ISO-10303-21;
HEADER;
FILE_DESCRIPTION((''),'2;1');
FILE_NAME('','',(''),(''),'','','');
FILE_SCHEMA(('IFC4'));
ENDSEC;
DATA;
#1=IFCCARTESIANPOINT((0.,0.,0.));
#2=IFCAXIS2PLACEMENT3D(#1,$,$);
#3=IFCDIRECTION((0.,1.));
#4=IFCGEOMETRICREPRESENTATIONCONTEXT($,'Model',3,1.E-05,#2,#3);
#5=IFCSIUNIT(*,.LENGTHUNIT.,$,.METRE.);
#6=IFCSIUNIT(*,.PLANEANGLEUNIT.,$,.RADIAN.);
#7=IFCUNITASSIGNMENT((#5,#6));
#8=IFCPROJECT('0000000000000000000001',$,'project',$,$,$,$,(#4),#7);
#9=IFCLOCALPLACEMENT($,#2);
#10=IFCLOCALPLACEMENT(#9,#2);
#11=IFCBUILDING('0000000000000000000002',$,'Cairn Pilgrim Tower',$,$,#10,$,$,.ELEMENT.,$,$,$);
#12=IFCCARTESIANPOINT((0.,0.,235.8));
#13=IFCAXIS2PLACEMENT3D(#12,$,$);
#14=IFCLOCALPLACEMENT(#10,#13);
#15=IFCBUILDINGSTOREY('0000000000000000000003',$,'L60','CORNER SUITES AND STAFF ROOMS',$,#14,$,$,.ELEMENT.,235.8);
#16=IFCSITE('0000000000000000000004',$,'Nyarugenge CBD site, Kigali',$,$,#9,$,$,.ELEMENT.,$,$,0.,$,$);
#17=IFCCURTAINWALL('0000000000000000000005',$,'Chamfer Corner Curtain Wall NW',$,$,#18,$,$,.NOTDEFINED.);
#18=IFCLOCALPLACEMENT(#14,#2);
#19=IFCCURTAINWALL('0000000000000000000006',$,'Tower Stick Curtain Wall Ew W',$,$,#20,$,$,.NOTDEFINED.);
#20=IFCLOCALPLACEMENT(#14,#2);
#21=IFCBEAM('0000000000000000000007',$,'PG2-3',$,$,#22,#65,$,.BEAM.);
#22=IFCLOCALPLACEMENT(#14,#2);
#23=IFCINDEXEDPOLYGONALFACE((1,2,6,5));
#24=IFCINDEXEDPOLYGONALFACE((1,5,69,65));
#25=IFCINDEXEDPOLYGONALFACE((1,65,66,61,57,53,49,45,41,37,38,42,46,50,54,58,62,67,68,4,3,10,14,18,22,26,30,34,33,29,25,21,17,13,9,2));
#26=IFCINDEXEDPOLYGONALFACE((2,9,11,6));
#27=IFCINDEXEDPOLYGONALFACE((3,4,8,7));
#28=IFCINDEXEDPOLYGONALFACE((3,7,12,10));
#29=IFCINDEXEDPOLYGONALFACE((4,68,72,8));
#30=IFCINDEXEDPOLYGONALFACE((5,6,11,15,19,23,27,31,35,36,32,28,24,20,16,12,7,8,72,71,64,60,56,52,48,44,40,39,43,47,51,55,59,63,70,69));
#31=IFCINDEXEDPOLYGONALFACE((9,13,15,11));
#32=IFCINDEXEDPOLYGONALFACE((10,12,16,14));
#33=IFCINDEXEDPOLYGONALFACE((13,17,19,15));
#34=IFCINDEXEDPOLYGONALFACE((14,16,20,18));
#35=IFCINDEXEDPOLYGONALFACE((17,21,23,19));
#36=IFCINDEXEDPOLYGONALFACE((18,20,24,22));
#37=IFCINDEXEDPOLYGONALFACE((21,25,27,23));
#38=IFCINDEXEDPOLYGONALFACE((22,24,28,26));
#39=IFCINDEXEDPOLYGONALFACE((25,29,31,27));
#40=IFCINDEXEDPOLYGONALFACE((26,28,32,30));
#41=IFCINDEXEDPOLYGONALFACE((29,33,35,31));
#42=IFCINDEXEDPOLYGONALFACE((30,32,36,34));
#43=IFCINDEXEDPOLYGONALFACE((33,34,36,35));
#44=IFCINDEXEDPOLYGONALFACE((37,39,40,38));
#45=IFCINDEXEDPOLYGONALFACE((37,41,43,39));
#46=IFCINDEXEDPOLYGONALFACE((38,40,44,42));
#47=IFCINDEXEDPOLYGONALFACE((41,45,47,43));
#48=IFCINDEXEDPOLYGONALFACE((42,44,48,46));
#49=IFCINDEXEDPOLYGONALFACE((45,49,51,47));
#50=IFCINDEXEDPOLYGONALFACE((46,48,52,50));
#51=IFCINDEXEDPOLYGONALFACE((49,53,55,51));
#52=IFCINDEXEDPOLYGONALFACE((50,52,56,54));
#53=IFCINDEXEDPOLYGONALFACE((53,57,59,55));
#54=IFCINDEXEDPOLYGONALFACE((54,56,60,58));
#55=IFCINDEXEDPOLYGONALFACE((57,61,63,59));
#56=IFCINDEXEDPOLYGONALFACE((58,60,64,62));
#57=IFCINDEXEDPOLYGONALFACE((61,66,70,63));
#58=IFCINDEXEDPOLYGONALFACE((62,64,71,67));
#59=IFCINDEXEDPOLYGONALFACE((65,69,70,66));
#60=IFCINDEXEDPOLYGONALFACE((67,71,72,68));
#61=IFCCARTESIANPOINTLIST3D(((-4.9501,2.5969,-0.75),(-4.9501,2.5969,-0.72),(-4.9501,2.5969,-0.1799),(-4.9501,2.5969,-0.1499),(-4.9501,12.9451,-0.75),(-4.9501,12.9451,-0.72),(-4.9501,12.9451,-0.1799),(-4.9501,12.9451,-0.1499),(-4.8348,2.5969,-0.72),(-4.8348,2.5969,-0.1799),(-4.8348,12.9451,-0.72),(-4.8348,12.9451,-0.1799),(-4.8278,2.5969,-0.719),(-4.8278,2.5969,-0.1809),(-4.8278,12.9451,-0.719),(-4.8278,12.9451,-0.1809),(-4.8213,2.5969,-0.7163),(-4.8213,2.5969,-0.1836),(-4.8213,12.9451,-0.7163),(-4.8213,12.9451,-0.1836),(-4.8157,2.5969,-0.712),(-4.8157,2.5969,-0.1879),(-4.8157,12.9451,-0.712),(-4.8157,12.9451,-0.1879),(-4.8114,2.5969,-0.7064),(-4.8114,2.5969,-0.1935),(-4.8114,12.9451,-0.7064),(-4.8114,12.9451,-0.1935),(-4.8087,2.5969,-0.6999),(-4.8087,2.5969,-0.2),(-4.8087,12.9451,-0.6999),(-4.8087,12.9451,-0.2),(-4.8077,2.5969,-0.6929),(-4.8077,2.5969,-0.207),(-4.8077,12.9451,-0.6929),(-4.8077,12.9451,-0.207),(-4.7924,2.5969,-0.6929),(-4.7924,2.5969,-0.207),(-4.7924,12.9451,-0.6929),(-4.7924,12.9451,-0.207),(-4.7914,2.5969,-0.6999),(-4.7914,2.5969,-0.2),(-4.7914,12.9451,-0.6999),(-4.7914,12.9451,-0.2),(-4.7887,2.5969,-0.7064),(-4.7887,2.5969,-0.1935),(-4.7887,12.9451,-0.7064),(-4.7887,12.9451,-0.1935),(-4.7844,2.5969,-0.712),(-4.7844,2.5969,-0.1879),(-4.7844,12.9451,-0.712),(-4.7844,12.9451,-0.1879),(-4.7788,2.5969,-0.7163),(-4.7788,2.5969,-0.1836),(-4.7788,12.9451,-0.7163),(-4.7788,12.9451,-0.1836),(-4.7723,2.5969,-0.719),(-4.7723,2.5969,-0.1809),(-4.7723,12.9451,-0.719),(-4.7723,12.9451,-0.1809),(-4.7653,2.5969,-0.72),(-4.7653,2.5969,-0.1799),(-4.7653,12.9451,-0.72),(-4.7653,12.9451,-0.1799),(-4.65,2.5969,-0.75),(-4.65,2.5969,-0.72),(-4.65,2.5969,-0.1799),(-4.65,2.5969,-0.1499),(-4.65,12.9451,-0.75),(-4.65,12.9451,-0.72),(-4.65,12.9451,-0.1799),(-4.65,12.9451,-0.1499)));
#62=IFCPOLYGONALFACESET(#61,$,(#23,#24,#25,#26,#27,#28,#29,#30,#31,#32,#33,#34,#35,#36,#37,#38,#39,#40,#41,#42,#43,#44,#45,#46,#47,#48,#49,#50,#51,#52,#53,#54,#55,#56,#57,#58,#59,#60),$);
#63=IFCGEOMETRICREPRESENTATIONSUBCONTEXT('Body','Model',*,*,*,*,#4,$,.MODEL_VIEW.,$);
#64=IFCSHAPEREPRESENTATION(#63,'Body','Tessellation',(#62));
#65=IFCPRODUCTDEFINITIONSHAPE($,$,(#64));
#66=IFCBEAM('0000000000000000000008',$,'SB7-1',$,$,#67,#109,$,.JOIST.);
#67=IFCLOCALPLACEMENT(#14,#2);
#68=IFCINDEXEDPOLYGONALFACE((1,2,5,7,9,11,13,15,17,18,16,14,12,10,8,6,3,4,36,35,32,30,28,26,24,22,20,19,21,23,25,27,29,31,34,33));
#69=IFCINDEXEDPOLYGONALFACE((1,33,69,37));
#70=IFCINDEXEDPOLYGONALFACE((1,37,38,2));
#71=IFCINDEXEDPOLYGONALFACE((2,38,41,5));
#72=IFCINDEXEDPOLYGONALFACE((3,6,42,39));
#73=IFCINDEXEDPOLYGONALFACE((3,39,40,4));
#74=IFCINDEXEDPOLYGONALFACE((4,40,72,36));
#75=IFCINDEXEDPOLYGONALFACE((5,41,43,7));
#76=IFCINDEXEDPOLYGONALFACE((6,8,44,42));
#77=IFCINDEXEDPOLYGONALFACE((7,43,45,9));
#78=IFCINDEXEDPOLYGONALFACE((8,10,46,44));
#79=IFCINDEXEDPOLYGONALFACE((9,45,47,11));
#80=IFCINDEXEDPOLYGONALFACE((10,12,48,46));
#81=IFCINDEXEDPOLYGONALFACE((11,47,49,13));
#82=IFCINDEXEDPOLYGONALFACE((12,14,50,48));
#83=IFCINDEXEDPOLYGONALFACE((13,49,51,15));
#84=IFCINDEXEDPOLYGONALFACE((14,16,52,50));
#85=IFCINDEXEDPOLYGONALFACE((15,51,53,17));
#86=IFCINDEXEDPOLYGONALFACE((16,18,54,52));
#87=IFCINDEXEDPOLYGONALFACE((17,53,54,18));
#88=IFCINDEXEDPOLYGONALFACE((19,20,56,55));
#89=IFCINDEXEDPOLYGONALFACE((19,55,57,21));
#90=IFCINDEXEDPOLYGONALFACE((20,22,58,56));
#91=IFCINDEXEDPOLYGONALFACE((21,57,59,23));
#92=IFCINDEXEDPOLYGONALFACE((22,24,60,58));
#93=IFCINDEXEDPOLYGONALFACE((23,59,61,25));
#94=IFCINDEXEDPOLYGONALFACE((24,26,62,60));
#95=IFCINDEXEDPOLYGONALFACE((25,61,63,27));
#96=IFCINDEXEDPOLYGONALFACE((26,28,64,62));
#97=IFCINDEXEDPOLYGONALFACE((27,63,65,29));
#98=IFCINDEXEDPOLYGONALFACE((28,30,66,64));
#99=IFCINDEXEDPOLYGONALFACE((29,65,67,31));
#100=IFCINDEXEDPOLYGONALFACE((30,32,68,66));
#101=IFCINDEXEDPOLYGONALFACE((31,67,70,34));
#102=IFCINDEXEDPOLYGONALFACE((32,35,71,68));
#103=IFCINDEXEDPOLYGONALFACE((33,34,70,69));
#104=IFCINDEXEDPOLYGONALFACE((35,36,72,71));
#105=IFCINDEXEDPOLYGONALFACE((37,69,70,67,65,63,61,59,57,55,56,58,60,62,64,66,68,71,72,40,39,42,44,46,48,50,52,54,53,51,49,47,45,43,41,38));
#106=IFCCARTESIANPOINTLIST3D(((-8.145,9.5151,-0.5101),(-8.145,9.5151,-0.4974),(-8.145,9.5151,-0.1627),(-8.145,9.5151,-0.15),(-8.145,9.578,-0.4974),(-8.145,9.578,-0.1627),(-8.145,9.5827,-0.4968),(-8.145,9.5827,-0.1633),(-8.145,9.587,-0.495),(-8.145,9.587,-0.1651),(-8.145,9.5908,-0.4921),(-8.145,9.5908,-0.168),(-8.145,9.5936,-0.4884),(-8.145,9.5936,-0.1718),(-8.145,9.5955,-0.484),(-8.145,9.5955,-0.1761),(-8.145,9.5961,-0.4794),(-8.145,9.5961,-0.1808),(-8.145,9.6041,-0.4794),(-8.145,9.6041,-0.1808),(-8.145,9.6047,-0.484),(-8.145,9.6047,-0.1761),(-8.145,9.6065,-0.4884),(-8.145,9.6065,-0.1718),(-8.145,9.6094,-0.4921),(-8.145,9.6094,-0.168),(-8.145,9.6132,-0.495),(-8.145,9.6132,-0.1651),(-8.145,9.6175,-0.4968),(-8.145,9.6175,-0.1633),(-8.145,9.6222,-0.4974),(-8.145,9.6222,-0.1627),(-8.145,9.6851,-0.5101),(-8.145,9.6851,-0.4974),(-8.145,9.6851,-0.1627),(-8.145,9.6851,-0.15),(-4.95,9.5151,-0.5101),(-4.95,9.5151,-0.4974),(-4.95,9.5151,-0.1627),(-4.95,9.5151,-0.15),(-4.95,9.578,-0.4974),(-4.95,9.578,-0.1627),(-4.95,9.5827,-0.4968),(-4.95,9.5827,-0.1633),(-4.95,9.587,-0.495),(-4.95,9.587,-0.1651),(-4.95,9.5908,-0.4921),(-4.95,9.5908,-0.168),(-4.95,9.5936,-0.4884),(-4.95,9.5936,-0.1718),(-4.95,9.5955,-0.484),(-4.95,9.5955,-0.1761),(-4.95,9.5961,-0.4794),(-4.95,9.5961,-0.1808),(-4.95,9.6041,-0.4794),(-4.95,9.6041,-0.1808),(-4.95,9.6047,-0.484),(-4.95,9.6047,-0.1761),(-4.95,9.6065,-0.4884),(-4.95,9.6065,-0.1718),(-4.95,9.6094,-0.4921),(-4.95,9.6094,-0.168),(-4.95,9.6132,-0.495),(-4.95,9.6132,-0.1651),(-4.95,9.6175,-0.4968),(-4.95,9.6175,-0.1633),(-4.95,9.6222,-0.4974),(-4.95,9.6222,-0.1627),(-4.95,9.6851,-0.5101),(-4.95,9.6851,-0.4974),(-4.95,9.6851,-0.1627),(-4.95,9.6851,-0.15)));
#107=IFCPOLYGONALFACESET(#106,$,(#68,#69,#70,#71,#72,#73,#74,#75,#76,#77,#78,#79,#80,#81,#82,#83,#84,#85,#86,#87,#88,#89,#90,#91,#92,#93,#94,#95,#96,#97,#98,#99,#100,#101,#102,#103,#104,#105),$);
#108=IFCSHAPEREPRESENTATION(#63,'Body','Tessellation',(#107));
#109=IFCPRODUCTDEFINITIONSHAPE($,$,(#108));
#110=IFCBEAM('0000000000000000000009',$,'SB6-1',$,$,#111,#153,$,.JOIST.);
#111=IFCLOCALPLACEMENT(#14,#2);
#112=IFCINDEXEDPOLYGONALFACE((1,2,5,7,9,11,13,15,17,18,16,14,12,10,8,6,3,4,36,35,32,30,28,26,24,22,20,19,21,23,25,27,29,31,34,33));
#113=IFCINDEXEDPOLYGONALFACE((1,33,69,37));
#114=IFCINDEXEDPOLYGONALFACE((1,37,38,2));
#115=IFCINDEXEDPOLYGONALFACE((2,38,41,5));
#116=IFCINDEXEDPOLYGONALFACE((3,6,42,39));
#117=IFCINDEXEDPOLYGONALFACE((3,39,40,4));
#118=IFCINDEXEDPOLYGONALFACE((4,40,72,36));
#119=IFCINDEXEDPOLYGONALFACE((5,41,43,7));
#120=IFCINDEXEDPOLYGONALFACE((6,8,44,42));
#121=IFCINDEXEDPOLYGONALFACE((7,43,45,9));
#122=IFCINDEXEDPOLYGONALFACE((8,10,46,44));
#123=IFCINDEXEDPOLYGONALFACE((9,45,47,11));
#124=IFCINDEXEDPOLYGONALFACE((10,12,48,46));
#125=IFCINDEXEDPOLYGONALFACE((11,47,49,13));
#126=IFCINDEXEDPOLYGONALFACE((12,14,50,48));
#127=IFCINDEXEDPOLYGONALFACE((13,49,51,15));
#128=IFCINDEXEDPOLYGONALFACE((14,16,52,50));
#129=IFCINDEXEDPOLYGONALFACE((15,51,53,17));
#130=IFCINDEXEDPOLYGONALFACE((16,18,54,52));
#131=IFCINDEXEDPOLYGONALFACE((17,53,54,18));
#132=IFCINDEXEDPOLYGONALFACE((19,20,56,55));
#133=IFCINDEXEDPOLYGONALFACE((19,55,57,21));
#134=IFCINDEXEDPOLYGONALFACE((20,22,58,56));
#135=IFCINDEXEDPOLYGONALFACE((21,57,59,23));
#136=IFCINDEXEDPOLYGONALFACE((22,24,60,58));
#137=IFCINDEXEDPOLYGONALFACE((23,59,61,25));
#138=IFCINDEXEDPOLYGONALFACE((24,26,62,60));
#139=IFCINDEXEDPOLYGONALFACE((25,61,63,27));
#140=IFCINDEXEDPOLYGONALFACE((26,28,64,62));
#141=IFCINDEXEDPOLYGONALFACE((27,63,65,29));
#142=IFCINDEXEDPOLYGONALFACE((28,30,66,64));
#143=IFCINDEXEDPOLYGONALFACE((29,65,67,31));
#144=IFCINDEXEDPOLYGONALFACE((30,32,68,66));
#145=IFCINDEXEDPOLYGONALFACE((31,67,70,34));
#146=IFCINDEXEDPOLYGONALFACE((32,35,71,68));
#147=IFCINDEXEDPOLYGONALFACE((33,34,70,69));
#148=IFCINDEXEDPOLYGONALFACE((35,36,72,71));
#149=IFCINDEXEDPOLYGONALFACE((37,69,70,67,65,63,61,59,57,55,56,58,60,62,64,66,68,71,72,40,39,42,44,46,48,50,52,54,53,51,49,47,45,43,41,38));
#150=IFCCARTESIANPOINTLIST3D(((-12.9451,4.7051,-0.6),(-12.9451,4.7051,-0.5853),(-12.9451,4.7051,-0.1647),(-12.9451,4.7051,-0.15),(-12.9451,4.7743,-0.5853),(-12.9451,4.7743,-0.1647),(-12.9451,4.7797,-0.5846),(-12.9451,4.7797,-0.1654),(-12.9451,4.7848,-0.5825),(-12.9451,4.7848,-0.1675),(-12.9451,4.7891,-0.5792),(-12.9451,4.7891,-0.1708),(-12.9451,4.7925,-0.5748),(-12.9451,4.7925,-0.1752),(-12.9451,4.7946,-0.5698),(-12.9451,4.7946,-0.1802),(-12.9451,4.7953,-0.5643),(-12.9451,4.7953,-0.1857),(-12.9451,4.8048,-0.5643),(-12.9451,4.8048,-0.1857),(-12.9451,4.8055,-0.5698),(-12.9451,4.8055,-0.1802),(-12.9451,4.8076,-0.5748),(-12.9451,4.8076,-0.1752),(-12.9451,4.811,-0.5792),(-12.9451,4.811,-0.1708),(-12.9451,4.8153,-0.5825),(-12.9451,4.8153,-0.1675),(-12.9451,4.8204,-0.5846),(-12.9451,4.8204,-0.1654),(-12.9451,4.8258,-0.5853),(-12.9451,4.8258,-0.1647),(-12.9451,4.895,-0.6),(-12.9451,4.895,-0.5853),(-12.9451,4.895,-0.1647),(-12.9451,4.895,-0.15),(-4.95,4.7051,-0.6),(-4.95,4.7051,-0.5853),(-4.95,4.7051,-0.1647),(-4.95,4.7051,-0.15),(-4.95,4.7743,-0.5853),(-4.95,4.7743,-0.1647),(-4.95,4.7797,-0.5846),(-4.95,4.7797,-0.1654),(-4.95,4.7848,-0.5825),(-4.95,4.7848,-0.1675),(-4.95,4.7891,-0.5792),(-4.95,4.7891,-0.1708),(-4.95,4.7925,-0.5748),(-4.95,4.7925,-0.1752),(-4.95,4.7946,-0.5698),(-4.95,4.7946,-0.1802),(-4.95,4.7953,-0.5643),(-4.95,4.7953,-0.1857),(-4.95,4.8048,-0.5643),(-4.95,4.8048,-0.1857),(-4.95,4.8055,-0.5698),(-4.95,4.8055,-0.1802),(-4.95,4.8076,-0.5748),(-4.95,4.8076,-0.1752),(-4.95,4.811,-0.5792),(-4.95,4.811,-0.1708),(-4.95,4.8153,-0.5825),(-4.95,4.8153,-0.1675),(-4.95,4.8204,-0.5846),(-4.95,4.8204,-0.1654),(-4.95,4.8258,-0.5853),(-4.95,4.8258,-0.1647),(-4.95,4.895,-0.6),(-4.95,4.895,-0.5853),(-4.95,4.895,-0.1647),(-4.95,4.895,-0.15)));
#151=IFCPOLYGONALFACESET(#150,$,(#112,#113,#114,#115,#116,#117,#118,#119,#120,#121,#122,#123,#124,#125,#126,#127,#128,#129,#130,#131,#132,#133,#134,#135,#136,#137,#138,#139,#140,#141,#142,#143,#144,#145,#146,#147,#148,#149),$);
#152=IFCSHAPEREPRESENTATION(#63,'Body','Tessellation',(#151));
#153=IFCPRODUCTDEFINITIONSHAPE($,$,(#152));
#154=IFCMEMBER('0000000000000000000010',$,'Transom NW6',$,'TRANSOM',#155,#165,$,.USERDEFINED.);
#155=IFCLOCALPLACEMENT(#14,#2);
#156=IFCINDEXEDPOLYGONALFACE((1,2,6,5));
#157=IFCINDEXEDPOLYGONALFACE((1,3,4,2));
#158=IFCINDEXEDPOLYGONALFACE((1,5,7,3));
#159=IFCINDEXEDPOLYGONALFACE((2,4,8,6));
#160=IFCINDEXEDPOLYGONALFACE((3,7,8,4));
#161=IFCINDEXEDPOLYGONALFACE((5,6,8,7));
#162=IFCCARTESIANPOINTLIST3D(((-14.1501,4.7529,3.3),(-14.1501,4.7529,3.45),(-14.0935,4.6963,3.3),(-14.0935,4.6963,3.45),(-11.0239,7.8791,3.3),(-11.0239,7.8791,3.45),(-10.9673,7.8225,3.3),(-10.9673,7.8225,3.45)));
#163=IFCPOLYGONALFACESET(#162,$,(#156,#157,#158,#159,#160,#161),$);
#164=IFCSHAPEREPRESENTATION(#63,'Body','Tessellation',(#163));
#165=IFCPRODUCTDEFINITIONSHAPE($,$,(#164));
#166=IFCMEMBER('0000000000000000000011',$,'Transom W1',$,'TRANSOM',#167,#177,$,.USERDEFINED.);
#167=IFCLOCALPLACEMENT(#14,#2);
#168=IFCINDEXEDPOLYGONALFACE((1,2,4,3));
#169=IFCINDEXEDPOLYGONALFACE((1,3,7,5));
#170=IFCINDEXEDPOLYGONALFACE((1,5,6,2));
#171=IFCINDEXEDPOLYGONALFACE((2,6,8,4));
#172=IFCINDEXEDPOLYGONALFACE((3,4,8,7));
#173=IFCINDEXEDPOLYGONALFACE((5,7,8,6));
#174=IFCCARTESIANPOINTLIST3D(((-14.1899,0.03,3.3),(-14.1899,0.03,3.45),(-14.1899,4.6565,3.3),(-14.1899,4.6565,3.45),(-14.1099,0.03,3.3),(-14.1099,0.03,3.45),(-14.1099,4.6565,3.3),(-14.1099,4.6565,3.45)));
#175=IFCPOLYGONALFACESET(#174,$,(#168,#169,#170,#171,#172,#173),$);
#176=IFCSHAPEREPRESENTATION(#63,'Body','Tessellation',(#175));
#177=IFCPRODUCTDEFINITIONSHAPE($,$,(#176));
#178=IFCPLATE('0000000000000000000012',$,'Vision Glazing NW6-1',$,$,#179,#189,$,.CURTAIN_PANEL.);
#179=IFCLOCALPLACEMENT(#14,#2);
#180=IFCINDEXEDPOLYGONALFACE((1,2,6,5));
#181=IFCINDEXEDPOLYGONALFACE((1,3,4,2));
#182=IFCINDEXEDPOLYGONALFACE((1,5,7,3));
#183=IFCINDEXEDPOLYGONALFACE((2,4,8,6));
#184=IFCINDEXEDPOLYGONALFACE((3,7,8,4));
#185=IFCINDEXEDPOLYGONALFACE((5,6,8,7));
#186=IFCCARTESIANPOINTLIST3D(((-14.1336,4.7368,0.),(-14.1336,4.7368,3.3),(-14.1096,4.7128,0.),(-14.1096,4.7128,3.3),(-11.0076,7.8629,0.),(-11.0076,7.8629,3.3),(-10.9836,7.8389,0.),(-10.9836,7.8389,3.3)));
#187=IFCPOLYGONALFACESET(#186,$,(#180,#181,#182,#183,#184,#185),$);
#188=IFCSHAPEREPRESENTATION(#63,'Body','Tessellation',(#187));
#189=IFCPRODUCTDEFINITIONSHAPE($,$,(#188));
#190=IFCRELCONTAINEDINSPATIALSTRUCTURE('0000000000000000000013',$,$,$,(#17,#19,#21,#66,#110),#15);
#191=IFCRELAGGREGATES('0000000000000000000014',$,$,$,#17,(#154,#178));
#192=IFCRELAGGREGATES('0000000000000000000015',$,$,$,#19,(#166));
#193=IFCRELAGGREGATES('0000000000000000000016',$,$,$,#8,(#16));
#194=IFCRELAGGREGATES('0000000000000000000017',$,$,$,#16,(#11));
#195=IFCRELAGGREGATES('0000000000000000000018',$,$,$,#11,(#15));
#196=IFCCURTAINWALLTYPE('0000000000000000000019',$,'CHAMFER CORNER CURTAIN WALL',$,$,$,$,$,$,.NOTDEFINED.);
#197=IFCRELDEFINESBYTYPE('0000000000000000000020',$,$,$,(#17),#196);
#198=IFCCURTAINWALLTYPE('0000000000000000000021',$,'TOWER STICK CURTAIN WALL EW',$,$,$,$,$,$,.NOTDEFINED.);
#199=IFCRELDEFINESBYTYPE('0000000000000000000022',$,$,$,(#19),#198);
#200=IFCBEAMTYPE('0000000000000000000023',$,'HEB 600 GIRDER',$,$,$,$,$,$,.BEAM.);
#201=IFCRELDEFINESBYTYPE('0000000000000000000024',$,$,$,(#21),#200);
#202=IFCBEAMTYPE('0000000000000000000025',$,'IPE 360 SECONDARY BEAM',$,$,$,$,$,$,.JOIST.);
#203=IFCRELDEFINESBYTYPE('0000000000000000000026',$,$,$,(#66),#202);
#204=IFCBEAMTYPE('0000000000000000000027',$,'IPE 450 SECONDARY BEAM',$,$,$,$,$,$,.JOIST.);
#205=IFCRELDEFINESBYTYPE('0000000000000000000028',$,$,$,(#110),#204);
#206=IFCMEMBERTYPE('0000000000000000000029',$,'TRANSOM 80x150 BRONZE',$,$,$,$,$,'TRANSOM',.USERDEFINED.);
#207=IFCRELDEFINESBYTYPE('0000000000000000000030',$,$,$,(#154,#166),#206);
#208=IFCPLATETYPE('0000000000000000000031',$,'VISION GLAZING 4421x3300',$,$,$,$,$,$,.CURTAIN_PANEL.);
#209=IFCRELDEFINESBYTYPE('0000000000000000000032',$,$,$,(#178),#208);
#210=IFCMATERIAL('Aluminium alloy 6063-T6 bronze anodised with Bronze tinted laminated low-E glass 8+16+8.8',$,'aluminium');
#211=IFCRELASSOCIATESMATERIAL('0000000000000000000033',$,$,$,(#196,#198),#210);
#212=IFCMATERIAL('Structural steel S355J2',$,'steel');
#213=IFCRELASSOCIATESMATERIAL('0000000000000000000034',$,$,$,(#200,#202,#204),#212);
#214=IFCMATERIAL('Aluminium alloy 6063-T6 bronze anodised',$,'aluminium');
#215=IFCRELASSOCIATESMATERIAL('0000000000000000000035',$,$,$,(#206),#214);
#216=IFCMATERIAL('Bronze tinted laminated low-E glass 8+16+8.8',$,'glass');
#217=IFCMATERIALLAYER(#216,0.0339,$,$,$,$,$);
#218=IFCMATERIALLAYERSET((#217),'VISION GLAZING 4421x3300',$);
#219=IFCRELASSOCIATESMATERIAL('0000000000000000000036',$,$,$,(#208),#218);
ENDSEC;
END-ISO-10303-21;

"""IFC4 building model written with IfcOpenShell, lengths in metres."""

from ifc_helpers import new_model, si_unit, direction, frame, origin, origin_2d, place, context, subcontext, project, spatial, rectangle, i_section, extrude, material, layer, layer_set, material_profile, profile_set, type_object, element, aggregate, save


model = new_model("IFC4")

# Units and contexts
model_context = context("Model", 3, precision=1e-05, world=origin(), true_north=direction((0.0, 1.0)))
body_context = subcontext(model_context, "Body", "Model", "MODEL_VIEW")
ifc_project = project(units=[si_unit("LENGTHUNIT", "METRE"), si_unit("PLANEANGLEUNIT", "RADIAN")], contexts=[model_context])

# Site, building, storey
site_placement = place(None, origin())
site = spatial("IfcSite", under=ifc_project, at=site_placement, Name="Nyarugenge CBD site, Kigali", CompositionType="ELEMENT", RefElevation=0.0)
building_placement = place(site_placement, origin())
building = spatial("IfcBuilding", under=site, at=building_placement, Name="Cairn Pilgrim Tower", CompositionType="ELEMENT")
storey_placement = place(building_placement, frame((0.0, 0.0, 235.8)))
storey = spatial("IfcBuildingStorey", under=building, at=storey_placement, Name="L60", Description="CORNER SUITES AND STAFF ROOMS", CompositionType="ELEMENT", Elevation=235.8)

# Shared definitions
ifc_material_1 = material(Name="Structural steel S355J2", Category="steel")

# Curtain walls
ifc_material_2 = material(Name="Aluminium alloy 6063-T6 bronze anodised with Bronze tinted laminated low-E glass 8+16+8.8", Category="aluminium")
curtain_wall_type_1 = type_object("IfcCurtainWallType", Name="CHAMFER CORNER CURTAIN WALL", PredefinedType="NOTDEFINED", material=ifc_material_2)
curtain_wall_1_placement = place(storey_placement, origin())
curtain_wall_1 = element("IfcCurtainWall", 1, at=curtain_wall_1_placement, inside=storey, type_object=curtain_wall_type_1, Name="Chamfer Corner Curtain Wall NW", PredefinedType="NOTDEFINED")
ifc_material_3 = material(Name="Aluminium alloy 6063-T6 bronze anodised", Category="aluminium")
curtain_wall_type_2 = type_object("IfcCurtainWallType", Name="TOWER STICK CURTAIN WALL EW", PredefinedType="NOTDEFINED", material=ifc_material_2)
curtain_wall_2_placement = place(storey_placement, origin())
curtain_wall_2 = element("IfcCurtainWall", 2, at=curtain_wall_2_placement, inside=storey, type_object=curtain_wall_type_2, Name="Tower Stick Curtain Wall Ew W", PredefinedType="NOTDEFINED")

# Beams
ifc_material_profile_1 = material_profile(ifc_material_1, i_section(OverallWidth=0.3, OverallDepth=0.6001, WebThickness=0.0154, FlangeThickness=0.03, FilletRadius=0.0271, at=origin_2d()), Name="HEB 600")
ifc_profile_set_1 = profile_set([ifc_material_profile_1], Name="Structural steel S355J2")
beam_type_1 = type_object("IfcBeamType", Name="HEB 600 GIRDER", PredefinedType="BEAM", material=ifc_profile_set_1)
beam_1_placement = place(storey_placement, frame((-4.8, 2.5969, -0.45), z_axis=(0.0, 1.0, 0.0), x_axis=(-1.0, 0.0, 0.0)))
element("IfcBeam", 3, at=beam_1_placement, inside=storey, type_object=beam_type_1, Name="PG2-3", PredefinedType="BEAM", context=body_context, shape_type="SweptSolid", body=[
    extrude(i_section(OverallWidth=0.3, OverallDepth=0.6001, WebThickness=0.0154, FlangeThickness=0.03, FilletRadius=0.0271, at=origin_2d()), origin(), (0.0, 0.0, 1.0), 10.3481),
])
ifc_material_profile_2 = material_profile(ifc_material_1, i_section(OverallWidth=0.1699, OverallDepth=0.3601, WebThickness=0.0081, FlangeThickness=0.0127, FilletRadius=0.0181, at=origin_2d()), Name="IPE 360")
ifc_profile_set_2 = profile_set([ifc_material_profile_2], Name="Structural steel S355J2")
beam_type_2 = type_object("IfcBeamType", Name="IPE 360 SECONDARY BEAM", PredefinedType="JOIST", material=ifc_profile_set_2)
beam_2_placement = place(storey_placement, frame((-8.145, 9.6001, -0.3301), z_axis=(1.0, 0.0, 0.0), x_axis=(0.0, 1.0, 0.0)))
element("IfcBeam", 4, at=beam_2_placement, inside=storey, type_object=beam_type_2, Name="SB7-1", PredefinedType="JOIST", context=body_context, shape_type="SweptSolid", body=[
    extrude(i_section(OverallWidth=0.1699, OverallDepth=0.3601, WebThickness=0.0081, FlangeThickness=0.0127, FilletRadius=0.0181, at=origin_2d()), origin(), (0.0, 0.0, 1.0), 3.1951),
])
ifc_material_profile_3 = material_profile(ifc_material_1, i_section(OverallWidth=0.1899, OverallDepth=0.45, WebThickness=0.0095, FlangeThickness=0.0146, FilletRadius=0.021, at=origin_2d()), Name="IPE 450")
ifc_profile_set_3 = profile_set([ifc_material_profile_3], Name="Structural steel S355J2")
beam_type_3 = type_object("IfcBeamType", Name="IPE 450 SECONDARY BEAM", PredefinedType="JOIST", material=ifc_profile_set_3)
beam_3_placement = place(storey_placement, frame((-12.9451, 4.8, -0.375), z_axis=(1.0, 0.0, 0.0), x_axis=(0.0, 1.0, 0.0)))
element("IfcBeam", 5, at=beam_3_placement, inside=storey, type_object=beam_type_3, Name="SB6-1", PredefinedType="JOIST", context=body_context, shape_type="SweptSolid", body=[
    extrude(i_section(OverallWidth=0.1899, OverallDepth=0.45, WebThickness=0.0095, FlangeThickness=0.0146, FilletRadius=0.021, at=origin_2d()), origin(), (0.0, 0.0, 1.0), 7.9951),
])

# Members
ifc_material_profile_4 = material_profile(ifc_material_3, rectangle(XDim=0.0801, YDim=0.1499, at=origin_2d()), Name="TRANSOM 80x150 BRONZE")
ifc_profile_set_4 = profile_set([ifc_material_profile_4], Name="Aluminium alloy 6063-T6 bronze anodised")
member_type_1 = type_object("IfcMemberType", Name="TRANSOM 80x150 BRONZE", ElementType="TRANSOM", PredefinedType="USERDEFINED", material=ifc_profile_set_4)
member_1_placement = place(storey_placement, frame((-10.9956, 7.8508, 3.375), z_axis=(-0.707107, -0.707107, 0.0), x_axis=(0.707107, -0.707107, 0.0)))
member_1 = element("IfcMember", 6, at=member_1_placement, type_object=member_type_1, Name="Transom NW6", ObjectType="TRANSOM", PredefinedType="USERDEFINED", context=body_context, shape_type="SweptSolid", body=[
    extrude(rectangle(XDim=0.0801, YDim=0.1499, at=origin_2d()), origin(), (0.0, 0.0, 1.0), 4.4211),
])
member_2_placement = place(storey_placement, frame((-14.1499, 4.6565, 3.375), z_axis=(0.0, -1.0, 0.0), x_axis=(1.0, 0.0, 0.0)))
member_2 = element("IfcMember", 7, at=member_2_placement, type_object=member_type_1, Name="Transom W1", ObjectType="TRANSOM", PredefinedType="USERDEFINED", context=body_context, shape_type="SweptSolid", body=[
    extrude(rectangle(XDim=0.0801, YDim=0.1499, at=origin_2d()), origin(), (0.0, 0.0, 1.0), 4.6265),
])

# Plate
ifc_material_4 = material(Name="Bronze tinted laminated low-E glass 8+16+8.8", Category="glass")
ifc_layer_1 = layer(ifc_material_4, 0.0339)
ifc_layer_set_1 = layer_set([ifc_layer_1], Name="VISION GLAZING 4421x3300")
plate_type_1 = type_object("IfcPlateType", Name="VISION GLAZING 4421x3300", PredefinedType="CURTAIN_PANEL", material=ifc_layer_set_1)
plate_1_placement = place(storey_placement, frame((-12.5586, 6.2878, 0.0), z_axis=(0.0, 0.0, 1.0), x_axis=(-0.707107, -0.707107, 0.0)))
plate_1 = element("IfcPlate", 8, at=plate_1_placement, type_object=plate_type_1, Name="Vision Glazing NW6-1", PredefinedType="CURTAIN_PANEL", context=body_context, shape_type="SweptSolid", body=[
    extrude(rectangle(XDim=4.4209, YDim=0.0339, at=origin_2d()), origin(), (0.0, 0.0, 1.0), 3.3),
])
aggregate(curtain_wall_1, [member_1, plate_1])
aggregate(curtain_wall_2, [member_2])

save(model, "model.ifc")
